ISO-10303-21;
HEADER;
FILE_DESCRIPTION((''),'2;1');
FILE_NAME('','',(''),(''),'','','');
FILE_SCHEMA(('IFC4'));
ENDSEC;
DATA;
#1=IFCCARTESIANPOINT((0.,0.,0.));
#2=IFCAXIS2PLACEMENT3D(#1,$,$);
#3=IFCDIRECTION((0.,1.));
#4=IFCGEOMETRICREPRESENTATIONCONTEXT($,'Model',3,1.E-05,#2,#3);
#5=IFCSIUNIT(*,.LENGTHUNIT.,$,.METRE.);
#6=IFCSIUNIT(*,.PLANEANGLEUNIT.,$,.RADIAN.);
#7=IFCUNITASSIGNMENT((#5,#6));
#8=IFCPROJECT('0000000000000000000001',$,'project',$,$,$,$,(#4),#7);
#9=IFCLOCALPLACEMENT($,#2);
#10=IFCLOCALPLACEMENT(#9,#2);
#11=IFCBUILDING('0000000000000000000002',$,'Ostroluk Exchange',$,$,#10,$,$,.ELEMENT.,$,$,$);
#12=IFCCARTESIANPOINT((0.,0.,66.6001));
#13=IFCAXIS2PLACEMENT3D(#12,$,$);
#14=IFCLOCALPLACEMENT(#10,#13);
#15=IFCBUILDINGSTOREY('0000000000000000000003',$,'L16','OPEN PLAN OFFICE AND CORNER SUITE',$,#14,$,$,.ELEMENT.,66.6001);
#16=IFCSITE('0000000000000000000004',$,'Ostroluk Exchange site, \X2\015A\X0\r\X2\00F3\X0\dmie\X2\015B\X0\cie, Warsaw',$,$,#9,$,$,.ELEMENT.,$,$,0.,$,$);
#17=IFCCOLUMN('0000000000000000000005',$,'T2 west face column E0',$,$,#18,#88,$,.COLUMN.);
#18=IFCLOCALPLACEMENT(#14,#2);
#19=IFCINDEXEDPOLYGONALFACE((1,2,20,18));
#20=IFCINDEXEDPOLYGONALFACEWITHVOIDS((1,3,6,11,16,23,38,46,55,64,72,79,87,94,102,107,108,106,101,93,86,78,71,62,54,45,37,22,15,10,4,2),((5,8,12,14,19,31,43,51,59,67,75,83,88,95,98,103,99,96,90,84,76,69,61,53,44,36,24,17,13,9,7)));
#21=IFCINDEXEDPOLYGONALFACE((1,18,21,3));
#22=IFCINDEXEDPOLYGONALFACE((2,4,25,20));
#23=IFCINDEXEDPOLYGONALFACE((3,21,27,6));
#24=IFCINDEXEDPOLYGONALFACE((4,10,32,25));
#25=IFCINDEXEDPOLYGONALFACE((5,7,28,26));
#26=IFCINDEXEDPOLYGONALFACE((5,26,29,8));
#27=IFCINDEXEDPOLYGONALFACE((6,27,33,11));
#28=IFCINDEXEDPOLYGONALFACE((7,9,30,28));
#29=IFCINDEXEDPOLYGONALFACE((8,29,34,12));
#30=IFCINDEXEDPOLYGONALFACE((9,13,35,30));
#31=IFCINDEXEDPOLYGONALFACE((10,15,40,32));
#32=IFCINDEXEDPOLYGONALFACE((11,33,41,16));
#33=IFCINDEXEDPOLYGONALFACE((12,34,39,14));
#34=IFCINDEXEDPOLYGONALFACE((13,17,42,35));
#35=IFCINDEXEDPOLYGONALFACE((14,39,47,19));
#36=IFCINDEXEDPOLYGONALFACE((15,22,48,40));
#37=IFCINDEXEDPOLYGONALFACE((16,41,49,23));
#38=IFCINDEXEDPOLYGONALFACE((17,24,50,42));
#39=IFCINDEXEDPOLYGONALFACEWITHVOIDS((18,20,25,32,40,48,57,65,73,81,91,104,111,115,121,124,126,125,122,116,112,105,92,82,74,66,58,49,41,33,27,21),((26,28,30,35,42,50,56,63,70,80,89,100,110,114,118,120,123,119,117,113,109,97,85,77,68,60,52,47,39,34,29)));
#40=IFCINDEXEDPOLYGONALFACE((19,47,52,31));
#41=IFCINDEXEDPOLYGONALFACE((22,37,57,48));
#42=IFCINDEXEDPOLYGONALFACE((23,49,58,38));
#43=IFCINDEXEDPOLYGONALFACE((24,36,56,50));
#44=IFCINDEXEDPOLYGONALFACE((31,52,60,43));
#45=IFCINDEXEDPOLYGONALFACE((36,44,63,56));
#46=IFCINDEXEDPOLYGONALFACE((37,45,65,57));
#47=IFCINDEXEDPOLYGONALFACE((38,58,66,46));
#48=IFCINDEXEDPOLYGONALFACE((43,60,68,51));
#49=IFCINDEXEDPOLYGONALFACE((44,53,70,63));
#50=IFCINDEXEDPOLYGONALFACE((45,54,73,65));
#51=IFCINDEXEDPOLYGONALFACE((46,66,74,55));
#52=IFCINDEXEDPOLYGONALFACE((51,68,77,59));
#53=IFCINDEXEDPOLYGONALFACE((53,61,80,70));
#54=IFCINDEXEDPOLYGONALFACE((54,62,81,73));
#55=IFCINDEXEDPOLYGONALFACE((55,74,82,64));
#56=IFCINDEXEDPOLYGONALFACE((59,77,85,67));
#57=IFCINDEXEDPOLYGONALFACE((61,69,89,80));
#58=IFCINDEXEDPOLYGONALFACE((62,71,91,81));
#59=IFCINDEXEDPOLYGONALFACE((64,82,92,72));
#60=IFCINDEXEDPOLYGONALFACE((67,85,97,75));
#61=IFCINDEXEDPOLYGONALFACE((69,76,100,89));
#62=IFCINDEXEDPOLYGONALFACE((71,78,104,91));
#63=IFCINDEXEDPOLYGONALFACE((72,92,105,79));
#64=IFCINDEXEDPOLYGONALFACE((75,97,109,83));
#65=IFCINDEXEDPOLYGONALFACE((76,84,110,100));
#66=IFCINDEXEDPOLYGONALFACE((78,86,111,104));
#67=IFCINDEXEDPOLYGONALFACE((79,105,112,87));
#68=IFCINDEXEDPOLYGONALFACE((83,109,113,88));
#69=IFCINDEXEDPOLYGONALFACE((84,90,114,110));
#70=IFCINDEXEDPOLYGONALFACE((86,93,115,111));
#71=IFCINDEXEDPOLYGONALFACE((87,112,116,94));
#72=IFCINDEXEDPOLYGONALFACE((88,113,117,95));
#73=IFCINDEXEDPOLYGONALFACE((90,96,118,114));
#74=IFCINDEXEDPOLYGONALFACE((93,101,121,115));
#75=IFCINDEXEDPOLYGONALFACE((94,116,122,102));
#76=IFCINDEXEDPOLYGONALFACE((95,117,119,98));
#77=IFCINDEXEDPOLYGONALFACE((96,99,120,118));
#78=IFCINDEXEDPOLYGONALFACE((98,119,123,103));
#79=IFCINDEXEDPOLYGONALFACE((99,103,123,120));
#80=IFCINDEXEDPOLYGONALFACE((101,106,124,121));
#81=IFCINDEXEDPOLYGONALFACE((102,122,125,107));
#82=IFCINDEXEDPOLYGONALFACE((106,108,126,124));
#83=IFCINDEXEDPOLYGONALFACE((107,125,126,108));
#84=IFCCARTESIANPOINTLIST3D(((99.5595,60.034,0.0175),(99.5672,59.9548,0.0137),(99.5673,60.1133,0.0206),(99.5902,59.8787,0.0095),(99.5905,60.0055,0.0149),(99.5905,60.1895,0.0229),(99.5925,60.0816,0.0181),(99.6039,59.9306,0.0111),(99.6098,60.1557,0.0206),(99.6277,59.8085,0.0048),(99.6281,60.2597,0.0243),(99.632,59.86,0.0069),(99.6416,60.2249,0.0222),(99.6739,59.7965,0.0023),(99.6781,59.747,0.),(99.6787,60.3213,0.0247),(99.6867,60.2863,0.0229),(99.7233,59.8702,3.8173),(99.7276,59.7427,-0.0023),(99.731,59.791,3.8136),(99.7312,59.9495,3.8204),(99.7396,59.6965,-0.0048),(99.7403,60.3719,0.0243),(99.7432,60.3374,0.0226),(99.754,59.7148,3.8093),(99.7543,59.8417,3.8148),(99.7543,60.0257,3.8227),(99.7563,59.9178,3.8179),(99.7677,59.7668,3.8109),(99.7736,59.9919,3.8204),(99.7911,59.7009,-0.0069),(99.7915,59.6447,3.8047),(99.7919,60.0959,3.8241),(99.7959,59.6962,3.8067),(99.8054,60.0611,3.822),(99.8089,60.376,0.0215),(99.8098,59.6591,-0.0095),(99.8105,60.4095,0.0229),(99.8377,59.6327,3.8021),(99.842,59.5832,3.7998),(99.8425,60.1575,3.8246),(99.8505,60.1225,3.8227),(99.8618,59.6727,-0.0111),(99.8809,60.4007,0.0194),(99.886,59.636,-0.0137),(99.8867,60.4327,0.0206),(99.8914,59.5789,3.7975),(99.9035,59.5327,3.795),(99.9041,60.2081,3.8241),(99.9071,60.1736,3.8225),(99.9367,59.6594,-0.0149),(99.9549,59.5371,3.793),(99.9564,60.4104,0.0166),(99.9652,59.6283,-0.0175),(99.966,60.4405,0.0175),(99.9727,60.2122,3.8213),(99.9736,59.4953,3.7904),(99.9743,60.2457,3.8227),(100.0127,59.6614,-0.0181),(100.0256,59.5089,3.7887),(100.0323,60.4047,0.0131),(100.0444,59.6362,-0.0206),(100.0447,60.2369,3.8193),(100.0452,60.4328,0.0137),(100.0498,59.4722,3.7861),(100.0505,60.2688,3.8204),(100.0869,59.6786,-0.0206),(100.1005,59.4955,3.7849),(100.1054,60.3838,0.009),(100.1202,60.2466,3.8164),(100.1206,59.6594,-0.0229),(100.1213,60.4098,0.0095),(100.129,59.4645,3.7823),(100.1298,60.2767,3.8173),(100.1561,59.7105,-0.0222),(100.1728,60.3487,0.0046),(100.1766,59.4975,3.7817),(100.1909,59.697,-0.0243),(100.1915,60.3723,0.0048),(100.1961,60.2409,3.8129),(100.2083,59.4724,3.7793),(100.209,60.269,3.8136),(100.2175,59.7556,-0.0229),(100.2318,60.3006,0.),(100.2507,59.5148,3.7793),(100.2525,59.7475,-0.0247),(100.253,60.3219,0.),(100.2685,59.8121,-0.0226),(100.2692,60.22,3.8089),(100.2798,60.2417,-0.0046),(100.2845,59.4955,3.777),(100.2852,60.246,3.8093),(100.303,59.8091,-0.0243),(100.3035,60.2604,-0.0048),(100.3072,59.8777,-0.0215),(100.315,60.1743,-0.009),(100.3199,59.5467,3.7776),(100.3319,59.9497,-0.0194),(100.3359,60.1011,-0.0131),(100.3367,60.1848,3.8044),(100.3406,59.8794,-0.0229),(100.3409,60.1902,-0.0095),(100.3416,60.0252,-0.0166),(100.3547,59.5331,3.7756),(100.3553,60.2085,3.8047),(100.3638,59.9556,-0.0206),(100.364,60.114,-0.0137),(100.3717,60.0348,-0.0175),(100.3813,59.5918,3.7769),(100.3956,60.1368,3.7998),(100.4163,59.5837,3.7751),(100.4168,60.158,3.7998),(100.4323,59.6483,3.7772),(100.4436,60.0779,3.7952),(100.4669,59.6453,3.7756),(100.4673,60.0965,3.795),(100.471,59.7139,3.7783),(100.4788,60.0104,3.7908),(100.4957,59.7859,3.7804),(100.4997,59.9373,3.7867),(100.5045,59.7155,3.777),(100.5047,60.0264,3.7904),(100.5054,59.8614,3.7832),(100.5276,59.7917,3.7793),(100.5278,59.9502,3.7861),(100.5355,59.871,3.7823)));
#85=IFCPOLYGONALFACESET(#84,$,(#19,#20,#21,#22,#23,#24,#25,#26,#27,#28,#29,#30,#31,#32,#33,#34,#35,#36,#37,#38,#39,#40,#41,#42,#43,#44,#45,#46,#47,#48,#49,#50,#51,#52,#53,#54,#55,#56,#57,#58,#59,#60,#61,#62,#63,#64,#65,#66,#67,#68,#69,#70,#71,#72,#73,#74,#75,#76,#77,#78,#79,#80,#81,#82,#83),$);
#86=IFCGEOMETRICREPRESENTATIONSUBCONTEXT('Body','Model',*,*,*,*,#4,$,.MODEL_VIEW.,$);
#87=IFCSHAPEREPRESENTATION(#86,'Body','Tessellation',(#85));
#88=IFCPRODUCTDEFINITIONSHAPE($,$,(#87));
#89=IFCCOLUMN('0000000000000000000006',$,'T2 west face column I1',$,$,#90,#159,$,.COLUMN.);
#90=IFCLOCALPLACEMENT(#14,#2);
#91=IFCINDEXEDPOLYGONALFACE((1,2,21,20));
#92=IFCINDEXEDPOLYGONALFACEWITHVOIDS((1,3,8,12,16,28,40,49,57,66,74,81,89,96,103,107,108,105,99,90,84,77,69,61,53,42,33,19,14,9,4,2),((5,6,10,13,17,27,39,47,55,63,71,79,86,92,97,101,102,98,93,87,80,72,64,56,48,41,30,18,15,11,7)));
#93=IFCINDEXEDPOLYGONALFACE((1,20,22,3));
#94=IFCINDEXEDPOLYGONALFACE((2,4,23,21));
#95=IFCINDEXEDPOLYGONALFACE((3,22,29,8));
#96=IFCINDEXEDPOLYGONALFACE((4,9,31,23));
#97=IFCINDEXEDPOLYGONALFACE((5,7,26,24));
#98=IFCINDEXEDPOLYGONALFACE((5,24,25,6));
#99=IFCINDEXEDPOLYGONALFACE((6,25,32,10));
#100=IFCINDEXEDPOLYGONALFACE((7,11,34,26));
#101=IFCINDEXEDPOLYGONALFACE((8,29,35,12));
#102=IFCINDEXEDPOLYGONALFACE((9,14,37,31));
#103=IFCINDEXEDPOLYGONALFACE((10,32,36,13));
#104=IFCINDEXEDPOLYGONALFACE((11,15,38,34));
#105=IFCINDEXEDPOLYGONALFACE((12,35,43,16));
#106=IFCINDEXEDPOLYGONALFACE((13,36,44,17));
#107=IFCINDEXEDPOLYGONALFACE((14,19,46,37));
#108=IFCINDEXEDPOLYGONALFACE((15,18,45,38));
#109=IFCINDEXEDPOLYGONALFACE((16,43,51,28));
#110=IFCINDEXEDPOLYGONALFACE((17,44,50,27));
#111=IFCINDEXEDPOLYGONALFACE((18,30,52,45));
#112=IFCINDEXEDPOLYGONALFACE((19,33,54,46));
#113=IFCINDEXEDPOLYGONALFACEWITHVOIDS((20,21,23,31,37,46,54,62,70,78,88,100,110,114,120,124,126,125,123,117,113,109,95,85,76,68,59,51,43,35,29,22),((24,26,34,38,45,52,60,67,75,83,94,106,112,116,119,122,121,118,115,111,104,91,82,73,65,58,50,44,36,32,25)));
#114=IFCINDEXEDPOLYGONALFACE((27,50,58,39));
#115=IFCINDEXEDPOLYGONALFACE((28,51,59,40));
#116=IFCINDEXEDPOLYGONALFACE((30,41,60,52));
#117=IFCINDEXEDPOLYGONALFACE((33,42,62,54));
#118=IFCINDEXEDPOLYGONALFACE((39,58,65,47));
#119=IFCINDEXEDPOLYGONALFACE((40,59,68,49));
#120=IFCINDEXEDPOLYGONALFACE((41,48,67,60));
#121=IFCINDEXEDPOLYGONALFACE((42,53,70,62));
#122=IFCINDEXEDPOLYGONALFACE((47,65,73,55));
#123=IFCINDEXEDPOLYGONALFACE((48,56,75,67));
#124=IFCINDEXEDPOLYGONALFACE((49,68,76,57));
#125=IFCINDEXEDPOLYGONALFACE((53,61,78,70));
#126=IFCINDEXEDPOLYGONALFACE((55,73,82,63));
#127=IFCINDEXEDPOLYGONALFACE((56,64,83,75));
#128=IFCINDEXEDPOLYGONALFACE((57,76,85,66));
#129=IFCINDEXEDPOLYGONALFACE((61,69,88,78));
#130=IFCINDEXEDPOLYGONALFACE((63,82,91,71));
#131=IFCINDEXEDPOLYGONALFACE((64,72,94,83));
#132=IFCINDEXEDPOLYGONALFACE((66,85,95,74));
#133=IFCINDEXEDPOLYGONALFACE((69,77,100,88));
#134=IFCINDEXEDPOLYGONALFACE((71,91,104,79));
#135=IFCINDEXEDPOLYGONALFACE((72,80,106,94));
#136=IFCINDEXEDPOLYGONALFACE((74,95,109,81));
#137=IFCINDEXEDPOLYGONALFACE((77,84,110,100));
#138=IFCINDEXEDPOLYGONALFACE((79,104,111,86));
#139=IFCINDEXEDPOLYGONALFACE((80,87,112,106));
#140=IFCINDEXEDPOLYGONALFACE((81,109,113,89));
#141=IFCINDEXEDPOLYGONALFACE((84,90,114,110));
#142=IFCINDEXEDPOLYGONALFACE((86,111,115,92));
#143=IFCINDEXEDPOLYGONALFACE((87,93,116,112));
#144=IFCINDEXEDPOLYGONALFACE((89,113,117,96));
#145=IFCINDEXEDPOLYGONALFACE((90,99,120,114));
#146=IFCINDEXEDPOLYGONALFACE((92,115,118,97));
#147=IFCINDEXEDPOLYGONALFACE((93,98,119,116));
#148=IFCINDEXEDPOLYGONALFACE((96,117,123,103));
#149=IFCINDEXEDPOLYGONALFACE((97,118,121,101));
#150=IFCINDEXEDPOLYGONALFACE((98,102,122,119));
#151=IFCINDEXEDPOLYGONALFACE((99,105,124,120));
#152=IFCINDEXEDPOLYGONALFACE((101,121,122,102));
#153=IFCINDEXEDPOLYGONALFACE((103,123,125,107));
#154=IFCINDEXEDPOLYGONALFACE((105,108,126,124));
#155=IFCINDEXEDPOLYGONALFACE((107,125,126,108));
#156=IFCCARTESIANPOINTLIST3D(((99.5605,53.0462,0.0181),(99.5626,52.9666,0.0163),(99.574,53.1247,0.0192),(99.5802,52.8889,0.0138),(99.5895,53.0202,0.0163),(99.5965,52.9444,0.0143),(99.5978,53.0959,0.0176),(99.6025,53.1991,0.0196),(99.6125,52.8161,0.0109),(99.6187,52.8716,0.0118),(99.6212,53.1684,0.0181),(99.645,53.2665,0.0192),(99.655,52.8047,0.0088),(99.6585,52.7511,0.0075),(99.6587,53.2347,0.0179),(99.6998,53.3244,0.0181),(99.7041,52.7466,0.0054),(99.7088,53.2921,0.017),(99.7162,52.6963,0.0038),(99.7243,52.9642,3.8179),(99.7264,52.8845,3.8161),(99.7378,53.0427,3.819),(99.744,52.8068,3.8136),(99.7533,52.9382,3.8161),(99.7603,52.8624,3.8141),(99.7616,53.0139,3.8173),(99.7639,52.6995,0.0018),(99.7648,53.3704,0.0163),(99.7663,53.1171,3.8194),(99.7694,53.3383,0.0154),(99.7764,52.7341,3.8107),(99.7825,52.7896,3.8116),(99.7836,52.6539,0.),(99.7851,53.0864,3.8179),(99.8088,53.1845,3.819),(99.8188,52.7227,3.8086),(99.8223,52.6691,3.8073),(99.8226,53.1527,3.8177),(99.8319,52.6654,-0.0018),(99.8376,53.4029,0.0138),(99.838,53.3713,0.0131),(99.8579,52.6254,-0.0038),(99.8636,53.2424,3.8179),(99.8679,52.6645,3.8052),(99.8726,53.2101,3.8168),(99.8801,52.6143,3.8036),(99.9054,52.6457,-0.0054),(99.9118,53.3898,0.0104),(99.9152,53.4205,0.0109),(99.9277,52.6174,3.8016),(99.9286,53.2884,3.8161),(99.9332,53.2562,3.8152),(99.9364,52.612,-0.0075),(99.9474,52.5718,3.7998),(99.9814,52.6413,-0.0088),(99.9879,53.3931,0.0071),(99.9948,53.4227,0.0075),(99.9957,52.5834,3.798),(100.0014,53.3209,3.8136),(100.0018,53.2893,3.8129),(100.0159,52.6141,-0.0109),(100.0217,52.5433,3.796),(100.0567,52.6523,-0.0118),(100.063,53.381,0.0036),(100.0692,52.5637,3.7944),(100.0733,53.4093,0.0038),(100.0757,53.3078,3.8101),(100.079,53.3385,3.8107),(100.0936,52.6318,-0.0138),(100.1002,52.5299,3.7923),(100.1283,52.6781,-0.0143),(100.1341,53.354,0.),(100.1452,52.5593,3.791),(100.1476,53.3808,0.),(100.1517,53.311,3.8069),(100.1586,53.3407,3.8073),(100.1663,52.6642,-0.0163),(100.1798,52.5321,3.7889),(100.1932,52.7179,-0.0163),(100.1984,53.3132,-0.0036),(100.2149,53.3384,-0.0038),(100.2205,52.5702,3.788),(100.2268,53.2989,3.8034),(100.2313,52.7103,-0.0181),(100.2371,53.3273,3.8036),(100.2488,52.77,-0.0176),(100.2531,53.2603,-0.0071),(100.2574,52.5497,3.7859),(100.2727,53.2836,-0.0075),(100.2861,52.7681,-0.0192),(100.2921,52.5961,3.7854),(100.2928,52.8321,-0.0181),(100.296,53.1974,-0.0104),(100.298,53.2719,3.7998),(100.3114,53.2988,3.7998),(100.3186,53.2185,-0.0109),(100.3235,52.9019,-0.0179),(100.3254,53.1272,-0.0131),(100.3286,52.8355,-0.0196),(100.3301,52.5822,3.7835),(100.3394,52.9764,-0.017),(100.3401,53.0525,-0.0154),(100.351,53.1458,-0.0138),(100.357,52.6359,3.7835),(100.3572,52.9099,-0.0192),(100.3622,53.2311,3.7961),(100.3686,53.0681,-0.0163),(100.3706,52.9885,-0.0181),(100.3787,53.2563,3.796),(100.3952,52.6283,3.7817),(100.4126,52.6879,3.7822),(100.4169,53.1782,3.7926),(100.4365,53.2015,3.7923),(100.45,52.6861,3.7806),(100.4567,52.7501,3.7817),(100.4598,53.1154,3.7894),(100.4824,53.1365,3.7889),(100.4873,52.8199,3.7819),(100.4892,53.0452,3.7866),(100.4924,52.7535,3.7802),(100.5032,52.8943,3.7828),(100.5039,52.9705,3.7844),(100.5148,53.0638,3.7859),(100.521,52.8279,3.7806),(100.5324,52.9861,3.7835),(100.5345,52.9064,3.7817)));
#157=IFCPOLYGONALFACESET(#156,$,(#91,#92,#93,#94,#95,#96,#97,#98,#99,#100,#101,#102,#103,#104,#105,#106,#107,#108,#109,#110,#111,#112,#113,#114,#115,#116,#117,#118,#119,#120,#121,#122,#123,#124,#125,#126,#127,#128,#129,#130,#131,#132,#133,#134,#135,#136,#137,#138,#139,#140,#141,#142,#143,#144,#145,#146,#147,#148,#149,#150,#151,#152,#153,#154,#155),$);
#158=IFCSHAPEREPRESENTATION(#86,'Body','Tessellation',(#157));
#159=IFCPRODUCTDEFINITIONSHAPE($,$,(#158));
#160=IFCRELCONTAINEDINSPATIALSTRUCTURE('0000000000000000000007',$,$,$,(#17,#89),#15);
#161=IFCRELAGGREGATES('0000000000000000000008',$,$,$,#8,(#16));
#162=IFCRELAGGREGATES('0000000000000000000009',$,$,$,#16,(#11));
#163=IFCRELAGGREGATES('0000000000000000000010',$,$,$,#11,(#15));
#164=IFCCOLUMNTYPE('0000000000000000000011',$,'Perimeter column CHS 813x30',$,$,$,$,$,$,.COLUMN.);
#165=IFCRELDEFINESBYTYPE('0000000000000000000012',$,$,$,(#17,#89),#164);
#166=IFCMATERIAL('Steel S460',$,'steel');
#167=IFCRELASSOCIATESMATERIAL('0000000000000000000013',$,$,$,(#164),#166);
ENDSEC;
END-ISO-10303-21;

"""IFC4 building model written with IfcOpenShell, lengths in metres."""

from ifc_helpers import new_model, si_unit, direction, frame, origin, origin_2d, place, context, subcontext, project, spatial, hollow_circle, extrude, material, material_profile, profile_set, type_object, element, save


model = new_model("IFC4")

# Units and contexts
model_context = context("Model", 3, precision=1e-05, world=origin(), true_north=direction((0.0, 1.0)))
body_context = subcontext(model_context, "Body", "Model", "MODEL_VIEW")
ifc_project = project(units=[si_unit("LENGTHUNIT", "METRE"), si_unit("PLANEANGLEUNIT", "RADIAN")], contexts=[model_context])

# Site, building, storey
site_placement = place(None, origin())
site = spatial("IfcSite", under=ifc_project, at=site_placement, Name="Ostroluk Exchange site, Śródmieście, Warsaw", CompositionType="ELEMENT", RefElevation=0.0)
building_placement = place(site_placement, origin())
building = spatial("IfcBuilding", under=site, at=building_placement, Name="Ostroluk Exchange", CompositionType="ELEMENT")
storey_placement = place(building_placement, frame((0.0, 0.0, 66.6001)))
storey = spatial("IfcBuildingStorey", under=building, at=storey_placement, Name="L16", Description="OPEN PLAN OFFICE AND CORNER SUITE", CompositionType="ELEMENT", Elevation=66.6001)

# Columns
ifc_material_1 = material(Name="Steel S460", Category="steel")
ifc_material_profile_1 = material_profile(ifc_material_1, hollow_circle(Radius=0.4065, WallThickness=0.03, at=origin_2d()), Name="CHS 813x30")
ifc_profile_set_1 = profile_set([ifc_material_profile_1], Name="Steel S460")
column_type_1 = type_object("IfcColumnType", Name="Perimeter column CHS 813x30", PredefinedType="COLUMN", material=ifc_profile_set_1)
column_1_placement = place(storey_placement, frame((99.9656, 60.0344, 0.0), z_axis=(0.043032, -0.043032, 0.998146), x_axis=(0.707107, 0.707107, 0.0)))
element("IfcColumn", 1, at=column_1_placement, inside=storey, type_object=column_type_1, Name="T2 west face column E0", PredefinedType="COLUMN", context=body_context, shape_type="SweptSolid", body=[
    extrude(hollow_circle(Radius=0.4065, WallThickness=0.03, at=origin_2d()), origin(), (0.0, 0.0, 1.0), 3.8069),
])
column_2_placement = place(storey_placement, frame((99.9656, 53.0173, 0.0), z_axis=(0.043062, -0.021563, 0.99884), x_axis=(0.447747, 0.894161, 0.0)))
element("IfcColumn", 2, at=column_2_placement, inside=storey, type_object=column_type_1, Name="T2 west face column I1", PredefinedType="COLUMN", context=body_context, shape_type="SweptSolid", body=[
    extrude(hollow_circle(Radius=0.4065, WallThickness=0.03, at=origin_2d()), origin(), (0.0, 0.0, 1.0), 3.8042),
])

save(model, "model.ifc")
